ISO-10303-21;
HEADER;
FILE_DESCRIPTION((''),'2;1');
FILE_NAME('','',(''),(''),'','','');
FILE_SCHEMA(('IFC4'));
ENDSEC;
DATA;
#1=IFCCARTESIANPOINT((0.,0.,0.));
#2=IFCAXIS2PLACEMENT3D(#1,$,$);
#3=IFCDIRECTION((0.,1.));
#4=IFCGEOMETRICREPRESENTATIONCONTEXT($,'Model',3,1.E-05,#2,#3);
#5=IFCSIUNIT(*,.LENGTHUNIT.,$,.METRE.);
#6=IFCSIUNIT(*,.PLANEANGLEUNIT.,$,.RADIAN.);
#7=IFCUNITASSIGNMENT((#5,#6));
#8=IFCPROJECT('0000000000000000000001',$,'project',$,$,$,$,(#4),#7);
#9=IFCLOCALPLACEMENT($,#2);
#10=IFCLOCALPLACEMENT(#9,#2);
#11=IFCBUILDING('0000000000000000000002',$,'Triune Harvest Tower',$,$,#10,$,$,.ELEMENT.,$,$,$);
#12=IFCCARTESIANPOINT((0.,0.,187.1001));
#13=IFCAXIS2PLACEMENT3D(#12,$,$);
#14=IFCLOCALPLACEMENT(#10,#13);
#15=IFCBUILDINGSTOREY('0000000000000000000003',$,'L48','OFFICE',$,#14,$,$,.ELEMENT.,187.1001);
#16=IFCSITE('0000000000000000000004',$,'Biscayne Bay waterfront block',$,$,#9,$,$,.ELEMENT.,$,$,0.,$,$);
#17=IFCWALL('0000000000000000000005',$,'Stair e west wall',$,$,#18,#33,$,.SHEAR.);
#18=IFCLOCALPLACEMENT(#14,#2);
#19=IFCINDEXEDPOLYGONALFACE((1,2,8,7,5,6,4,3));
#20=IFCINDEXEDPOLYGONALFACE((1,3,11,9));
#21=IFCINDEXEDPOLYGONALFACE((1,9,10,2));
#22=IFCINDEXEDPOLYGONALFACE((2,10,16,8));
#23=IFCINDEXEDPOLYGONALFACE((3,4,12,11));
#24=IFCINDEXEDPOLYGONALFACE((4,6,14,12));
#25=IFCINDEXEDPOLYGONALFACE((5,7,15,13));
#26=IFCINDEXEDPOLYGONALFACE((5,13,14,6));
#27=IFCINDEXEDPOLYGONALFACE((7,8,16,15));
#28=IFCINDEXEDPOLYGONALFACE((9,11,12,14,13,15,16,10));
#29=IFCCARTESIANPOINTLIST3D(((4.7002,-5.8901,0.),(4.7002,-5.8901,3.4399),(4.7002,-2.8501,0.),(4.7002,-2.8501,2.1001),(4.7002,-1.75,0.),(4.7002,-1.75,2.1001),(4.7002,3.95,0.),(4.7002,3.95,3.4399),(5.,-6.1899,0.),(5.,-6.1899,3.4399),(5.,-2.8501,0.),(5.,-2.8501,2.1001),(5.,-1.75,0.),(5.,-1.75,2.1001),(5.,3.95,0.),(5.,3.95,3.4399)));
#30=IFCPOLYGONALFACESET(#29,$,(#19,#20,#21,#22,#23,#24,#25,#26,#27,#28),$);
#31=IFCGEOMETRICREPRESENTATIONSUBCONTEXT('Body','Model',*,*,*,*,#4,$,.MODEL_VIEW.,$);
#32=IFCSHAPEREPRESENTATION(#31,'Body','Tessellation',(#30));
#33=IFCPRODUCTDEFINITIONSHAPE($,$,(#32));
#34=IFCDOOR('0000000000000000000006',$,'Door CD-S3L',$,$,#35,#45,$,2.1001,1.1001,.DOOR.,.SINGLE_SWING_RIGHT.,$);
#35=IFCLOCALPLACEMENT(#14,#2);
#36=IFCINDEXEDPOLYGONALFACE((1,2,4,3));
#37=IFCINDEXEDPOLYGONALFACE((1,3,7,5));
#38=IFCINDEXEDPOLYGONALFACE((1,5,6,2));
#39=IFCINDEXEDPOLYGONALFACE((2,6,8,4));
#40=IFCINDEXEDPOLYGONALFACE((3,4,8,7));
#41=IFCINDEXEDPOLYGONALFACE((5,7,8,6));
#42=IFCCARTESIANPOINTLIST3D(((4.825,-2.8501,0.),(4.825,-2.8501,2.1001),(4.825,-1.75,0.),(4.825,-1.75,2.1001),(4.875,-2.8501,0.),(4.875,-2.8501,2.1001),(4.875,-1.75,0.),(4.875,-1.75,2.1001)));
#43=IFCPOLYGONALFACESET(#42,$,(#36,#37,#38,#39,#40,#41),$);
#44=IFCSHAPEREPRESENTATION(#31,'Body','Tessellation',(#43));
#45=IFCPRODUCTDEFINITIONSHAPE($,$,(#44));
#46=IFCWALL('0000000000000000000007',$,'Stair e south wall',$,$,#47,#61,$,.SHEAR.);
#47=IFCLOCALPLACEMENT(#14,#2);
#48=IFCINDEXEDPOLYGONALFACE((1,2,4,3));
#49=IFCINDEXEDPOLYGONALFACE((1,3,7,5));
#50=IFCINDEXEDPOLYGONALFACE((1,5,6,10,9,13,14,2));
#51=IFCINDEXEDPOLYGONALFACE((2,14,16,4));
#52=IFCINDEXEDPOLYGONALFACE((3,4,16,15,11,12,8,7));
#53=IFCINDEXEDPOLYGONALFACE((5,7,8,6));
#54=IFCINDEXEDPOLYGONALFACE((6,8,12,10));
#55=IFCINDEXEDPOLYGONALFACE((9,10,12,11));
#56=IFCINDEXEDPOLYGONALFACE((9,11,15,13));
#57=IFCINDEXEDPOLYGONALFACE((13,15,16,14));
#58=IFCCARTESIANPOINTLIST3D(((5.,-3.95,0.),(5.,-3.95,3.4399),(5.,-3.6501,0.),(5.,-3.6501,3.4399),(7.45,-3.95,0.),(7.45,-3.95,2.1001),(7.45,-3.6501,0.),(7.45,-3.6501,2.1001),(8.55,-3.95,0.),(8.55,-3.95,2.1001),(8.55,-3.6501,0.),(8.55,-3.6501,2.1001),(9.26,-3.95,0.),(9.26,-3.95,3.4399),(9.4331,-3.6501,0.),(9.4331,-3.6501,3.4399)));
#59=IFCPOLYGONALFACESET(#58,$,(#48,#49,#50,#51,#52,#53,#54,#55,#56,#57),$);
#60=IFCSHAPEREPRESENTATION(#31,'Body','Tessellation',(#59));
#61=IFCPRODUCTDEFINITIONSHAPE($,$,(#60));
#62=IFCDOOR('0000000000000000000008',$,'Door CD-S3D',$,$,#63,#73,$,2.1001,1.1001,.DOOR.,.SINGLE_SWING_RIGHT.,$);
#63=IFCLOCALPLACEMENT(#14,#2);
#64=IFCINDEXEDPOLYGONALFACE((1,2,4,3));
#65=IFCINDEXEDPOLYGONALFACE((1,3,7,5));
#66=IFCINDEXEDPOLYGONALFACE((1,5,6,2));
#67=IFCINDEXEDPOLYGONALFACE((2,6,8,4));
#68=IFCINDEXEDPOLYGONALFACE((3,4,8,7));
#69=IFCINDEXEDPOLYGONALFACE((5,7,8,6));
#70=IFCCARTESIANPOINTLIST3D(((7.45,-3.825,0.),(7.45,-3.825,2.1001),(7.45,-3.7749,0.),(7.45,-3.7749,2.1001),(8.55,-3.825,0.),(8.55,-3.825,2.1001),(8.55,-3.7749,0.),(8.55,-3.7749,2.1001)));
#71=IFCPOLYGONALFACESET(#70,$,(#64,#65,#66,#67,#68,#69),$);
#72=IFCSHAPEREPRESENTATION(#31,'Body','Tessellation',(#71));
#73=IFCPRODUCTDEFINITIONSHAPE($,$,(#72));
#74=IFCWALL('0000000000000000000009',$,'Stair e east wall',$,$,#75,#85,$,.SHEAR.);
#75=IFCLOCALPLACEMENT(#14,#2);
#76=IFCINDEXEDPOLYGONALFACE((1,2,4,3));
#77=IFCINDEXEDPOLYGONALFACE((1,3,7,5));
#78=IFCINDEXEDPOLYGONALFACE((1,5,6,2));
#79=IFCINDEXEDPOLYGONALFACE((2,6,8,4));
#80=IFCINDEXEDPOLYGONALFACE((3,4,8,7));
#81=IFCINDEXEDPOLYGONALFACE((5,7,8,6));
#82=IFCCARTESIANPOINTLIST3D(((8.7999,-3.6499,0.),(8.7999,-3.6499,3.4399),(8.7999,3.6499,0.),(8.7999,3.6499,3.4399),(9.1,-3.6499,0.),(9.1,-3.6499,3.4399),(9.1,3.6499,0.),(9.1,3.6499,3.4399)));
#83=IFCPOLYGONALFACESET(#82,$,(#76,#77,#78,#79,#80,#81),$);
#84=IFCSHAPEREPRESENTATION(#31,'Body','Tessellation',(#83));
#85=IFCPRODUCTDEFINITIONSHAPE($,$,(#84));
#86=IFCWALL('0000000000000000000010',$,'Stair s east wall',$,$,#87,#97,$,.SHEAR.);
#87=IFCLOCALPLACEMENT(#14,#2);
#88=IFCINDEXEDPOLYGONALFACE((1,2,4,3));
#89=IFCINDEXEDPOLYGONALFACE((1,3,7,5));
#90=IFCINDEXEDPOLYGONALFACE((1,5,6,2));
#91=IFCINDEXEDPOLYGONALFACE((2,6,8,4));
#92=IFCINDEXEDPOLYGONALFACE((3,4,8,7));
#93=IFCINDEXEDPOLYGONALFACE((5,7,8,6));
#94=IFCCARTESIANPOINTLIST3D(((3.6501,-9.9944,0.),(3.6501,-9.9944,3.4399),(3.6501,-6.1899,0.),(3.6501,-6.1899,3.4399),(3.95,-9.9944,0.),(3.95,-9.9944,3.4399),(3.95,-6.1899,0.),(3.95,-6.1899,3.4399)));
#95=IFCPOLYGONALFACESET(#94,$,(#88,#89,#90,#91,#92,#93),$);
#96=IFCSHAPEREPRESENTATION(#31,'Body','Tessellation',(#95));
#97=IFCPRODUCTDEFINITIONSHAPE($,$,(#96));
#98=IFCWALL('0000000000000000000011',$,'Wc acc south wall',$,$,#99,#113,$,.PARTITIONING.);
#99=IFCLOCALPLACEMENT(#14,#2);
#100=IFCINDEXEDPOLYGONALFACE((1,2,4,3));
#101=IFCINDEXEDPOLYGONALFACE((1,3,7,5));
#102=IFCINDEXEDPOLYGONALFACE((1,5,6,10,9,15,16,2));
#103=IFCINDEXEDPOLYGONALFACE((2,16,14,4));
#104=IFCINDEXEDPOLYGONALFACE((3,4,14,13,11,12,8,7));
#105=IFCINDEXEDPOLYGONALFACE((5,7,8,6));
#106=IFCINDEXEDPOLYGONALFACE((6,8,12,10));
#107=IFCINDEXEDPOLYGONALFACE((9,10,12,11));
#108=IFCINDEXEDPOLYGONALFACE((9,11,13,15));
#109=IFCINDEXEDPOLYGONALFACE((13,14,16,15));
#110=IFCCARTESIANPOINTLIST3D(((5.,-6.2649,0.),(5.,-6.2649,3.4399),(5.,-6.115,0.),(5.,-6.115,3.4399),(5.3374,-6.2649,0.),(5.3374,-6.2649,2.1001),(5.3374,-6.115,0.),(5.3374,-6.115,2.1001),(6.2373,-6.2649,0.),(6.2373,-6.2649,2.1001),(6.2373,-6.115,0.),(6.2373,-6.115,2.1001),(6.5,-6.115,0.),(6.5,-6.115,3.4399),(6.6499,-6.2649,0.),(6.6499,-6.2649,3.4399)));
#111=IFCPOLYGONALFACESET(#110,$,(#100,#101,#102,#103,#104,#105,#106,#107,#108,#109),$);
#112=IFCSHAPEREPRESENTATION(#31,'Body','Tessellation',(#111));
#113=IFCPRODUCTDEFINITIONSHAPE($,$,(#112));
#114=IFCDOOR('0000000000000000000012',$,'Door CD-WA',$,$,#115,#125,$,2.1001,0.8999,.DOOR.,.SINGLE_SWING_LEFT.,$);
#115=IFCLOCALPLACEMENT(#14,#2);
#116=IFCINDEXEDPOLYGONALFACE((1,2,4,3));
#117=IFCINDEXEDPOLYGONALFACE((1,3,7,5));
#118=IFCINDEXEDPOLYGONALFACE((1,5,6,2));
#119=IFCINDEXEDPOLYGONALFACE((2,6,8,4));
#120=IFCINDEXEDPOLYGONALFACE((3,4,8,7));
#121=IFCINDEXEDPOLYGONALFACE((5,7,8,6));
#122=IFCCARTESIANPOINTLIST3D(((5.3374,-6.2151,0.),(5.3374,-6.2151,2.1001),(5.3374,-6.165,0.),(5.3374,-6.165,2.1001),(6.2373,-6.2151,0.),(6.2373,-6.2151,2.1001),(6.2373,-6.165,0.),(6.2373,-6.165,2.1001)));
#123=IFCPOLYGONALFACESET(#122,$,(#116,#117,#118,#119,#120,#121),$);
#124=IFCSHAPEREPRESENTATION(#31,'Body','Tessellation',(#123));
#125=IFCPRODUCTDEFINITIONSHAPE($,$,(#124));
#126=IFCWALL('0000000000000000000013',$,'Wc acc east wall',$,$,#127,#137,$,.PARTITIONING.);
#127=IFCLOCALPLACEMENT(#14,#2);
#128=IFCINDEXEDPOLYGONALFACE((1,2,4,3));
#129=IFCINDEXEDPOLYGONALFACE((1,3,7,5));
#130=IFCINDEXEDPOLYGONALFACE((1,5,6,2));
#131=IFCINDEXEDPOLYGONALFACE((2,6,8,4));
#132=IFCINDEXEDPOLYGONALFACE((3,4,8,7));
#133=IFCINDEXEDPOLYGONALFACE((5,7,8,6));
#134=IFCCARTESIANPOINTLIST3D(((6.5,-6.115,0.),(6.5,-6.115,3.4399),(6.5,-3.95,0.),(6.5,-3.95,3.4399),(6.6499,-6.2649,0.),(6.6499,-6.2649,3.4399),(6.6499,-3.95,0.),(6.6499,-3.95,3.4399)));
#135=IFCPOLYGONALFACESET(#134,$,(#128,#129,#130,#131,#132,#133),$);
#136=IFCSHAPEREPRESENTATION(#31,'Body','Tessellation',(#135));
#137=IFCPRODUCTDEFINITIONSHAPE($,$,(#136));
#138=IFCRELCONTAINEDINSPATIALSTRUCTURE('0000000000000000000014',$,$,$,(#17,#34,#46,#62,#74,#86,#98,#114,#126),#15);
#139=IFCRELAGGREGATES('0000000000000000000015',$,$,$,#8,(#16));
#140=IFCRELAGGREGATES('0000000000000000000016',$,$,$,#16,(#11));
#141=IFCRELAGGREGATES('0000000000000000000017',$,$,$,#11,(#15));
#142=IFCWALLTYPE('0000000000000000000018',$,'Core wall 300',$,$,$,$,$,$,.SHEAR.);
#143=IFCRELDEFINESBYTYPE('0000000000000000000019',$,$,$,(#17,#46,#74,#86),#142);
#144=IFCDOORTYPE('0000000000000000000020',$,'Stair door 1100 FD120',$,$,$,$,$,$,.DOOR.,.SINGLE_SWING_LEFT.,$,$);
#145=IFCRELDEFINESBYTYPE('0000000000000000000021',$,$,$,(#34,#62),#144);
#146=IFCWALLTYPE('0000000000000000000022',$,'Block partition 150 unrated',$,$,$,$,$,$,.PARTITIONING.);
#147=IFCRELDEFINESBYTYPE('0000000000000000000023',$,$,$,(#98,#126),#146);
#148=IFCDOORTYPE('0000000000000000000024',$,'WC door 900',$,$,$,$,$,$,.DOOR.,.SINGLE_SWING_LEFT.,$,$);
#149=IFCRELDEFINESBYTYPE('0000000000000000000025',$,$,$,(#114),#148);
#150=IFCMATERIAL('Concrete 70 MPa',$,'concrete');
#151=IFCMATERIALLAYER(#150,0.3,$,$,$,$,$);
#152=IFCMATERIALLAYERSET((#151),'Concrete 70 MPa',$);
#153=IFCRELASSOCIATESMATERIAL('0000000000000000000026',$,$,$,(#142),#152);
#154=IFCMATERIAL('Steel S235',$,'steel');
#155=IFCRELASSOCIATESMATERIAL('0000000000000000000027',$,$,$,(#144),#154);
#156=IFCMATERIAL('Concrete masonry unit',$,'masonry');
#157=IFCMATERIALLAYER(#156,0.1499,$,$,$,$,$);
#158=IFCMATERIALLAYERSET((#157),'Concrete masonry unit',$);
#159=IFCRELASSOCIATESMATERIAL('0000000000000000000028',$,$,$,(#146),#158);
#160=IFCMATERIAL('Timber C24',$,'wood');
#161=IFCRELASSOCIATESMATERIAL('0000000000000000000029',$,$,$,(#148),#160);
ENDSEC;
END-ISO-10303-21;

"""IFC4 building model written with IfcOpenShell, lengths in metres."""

from ifc_helpers import new_model, si_unit, direction, frame, frame_2d, origin, place, context, subcontext, project, spatial, polyline, rectangle, outline, extrude, source, transform, mapped, material, layer, layer_set, type_object, element, fill, save


model = new_model("IFC4")

# Units and contexts
model_context = context("Model", 3, precision=1e-05, world=origin(), true_north=direction((0.0, 1.0)))
body_context = subcontext(model_context, "Body", "Model", "MODEL_VIEW")
ifc_project = project(units=[si_unit("LENGTHUNIT", "METRE"), si_unit("PLANEANGLEUNIT", "RADIAN")], contexts=[model_context])

# Site, building, storey
site_placement = place(None, origin())
site = spatial("IfcSite", under=ifc_project, at=site_placement, Name="Biscayne Bay waterfront block", CompositionType="ELEMENT", RefElevation=0.0)
building_placement = place(site_placement, origin())
building = spatial("IfcBuilding", under=site, at=building_placement, Name="Triune Harvest Tower", CompositionType="ELEMENT")
storey_placement = place(building_placement, frame((0.0, 0.0, 187.1001)))
storey = spatial("IfcBuildingStorey", under=building, at=storey_placement, Name="L48", Description="OFFICE", CompositionType="ELEMENT", Elevation=187.1001)

# Shared definitions
ifc_material_1 = material(Name="Concrete 70 MPa", Category="concrete")
ifc_layer_1 = layer(ifc_material_1, 0.3)
ifc_layer_set_1 = layer_set([ifc_layer_1], Name="Concrete 70 MPa")
wall_type_1 = type_object("IfcWallType", Name="Core wall 300", PredefinedType="SHEAR", material=ifc_layer_set_1)

# Walls, openings, doors
shared_shape_1 = source(origin(), body_context, "Body", "SweptSolid", [
    extrude(outline(polyline([(-0.1499, -0.1499), (9.99, -0.1499), (9.99, 0.1499), (0.1499, 0.1499), (-0.1499, -0.1499)])), origin(), (0.0, 0.0, 1.0), 3.4399),
])
wall_1_placement = place(storey_placement, frame((4.8501, -6.04, 0.0), z_axis=(0.0, 0.0, 1.0), x_axis=(0.0, 1.0, 0.0)))
wall_1 = element("IfcWall", 1, at=wall_1_placement, inside=storey, type_object=wall_type_1, Name="Stair e west wall", PredefinedType="SHEAR", context=body_context, shape_type="MappedRepresentation", body=[
    mapped(shared_shape_1, transform((0.0, 0.0, 0.0), scale=1.0)),
])
opening_1_placement = place(wall_1_placement, frame((3.1899, 0.0, 0.0)))
opening_1 = element("IfcOpeningElement", 2, at=opening_1_placement, cuts=wall_1, PredefinedType="OPENING", context=body_context, shape_type="SweptSolid", body=[
    extrude(rectangle(XDim=1.1001, YDim=2.1001, at=frame_2d((0.55, 1.05))), frame((0.0, 0.1602, 0.0), z_axis=(0.0, -1.0, 0.0), x_axis=(1.0, 0.0, 0.0)), (0.0, 0.0, 1.0), 0.3201),
])
ifc_material_2 = material(Name="Steel S235", Category="steel")
door_type_1 = type_object("IfcDoorType", Name="Stair door 1100 FD120", OperationType="SINGLE_SWING_LEFT", PredefinedType="DOOR", material=ifc_material_2)
door_1_placement = place(opening_1_placement, frame((1.1001, 0.0, 0.0), z_axis=(0.0, 0.0, 1.0), x_axis=(-1.0, 0.0, 0.0)))
door_1 = element("IfcDoor", 3, at=door_1_placement, inside=storey, type_object=door_type_1, Name="Door CD-S3L", OperationType="SINGLE_SWING_RIGHT", OverallHeight=2.1001, OverallWidth=1.1001, PredefinedType="DOOR", context=body_context, shape_type="SweptSolid", body=[
    extrude(rectangle(XDim=1.1001, YDim=2.1001, at=frame_2d((0.55, 1.05))), frame((0.0, 0.0249, 0.0), z_axis=(0.0, -1.0, 0.0), x_axis=(1.0, 0.0, 0.0)), (0.0, 0.0, 1.0), 0.05),
])
fill(opening_1, door_1)
shared_shape_2 = source(origin(), body_context, "Body", "SweptSolid", [
    extrude(outline(polyline([(0.0, -0.1499), (0.0, 0.1499), (4.4331, 0.1499), (4.26, -0.1499), (0.0, -0.1499)])), origin(), (0.0, 0.0, 1.0), 3.4399),
])
wall_2_placement = place(storey_placement, frame((5.0, -3.8, 0.0), z_axis=(0.0, 0.0, 1.0), x_axis=(1.0, 0.0, 0.0)))
wall_2 = element("IfcWall", 4, at=wall_2_placement, inside=storey, type_object=wall_type_1, Name="Stair e south wall", PredefinedType="SHEAR", context=body_context, shape_type="MappedRepresentation", body=[
    mapped(shared_shape_2, transform((0.0, 0.0, 0.0), scale=1.0)),
])
opening_2_placement = place(wall_2_placement, frame((2.45, 0.0, 0.0)))
opening_2 = element("IfcOpeningElement", 5, at=opening_2_placement, cuts=wall_2, PredefinedType="OPENING", context=body_context, shape_type="SweptSolid", body=[
    extrude(rectangle(XDim=1.1001, YDim=2.1001, at=frame_2d((0.55, 1.05))), frame((0.0, 0.1602, 0.0), z_axis=(0.0, -1.0, 0.0), x_axis=(1.0, 0.0, 0.0)), (0.0, 0.0, 1.0), 0.3201),
])
door_2_placement = place(opening_2_placement, frame((1.1001, 0.0, 0.0), z_axis=(0.0, 0.0, 1.0), x_axis=(-1.0, 0.0, 0.0)))
door_2 = element("IfcDoor", 6, at=door_2_placement, inside=storey, type_object=door_type_1, Name="Door CD-S3D", OperationType="SINGLE_SWING_RIGHT", OverallHeight=2.1001, OverallWidth=1.1001, PredefinedType="DOOR", context=body_context, shape_type="SweptSolid", body=[
    extrude(rectangle(XDim=1.1001, YDim=2.1001, at=frame_2d((0.55, 1.05))), frame((0.0, 0.0249, 0.0), z_axis=(0.0, -1.0, 0.0), x_axis=(1.0, 0.0, 0.0)), (0.0, 0.0, 1.0), 0.05),
])
fill(opening_2, door_2)

# Walls
shared_shape_3 = source(origin(), body_context, "Body", "SweptSolid", [
    extrude(rectangle(XDim=7.2998, YDim=0.3, at=frame_2d((3.6499, 0.0))), origin(), (0.0, 0.0, 1.0), 3.4399),
])
wall_3_placement = place(storey_placement, frame((8.95, -3.6499, 0.0), z_axis=(0.0, 0.0, 1.0), x_axis=(0.0, 1.0, 0.0)))
element("IfcWall", 7, at=wall_3_placement, inside=storey, type_object=wall_type_1, Name="Stair e east wall", PredefinedType="SHEAR", context=body_context, shape_type="MappedRepresentation", body=[
    mapped(shared_shape_3, transform((0.0, 0.0, 0.0), scale=1.0)),
])
shared_shape_4 = source(origin(), body_context, "Body", "SweptSolid", [
    extrude(outline(polyline([(3.8, -0.1499), (-0.0044, -0.1499), (-0.0044, 0.1499), (3.8, 0.1499), (3.8, -0.1499)])), origin(), (0.0, 0.0, 1.0), 3.4399),
])
wall_4_placement = place(storey_placement, frame((3.8, -9.99, 0.0), z_axis=(0.0, 0.0, 1.0), x_axis=(0.0, 1.0, 0.0)))
element("IfcWall", 8, at=wall_4_placement, inside=storey, type_object=wall_type_1, Name="Stair s east wall", PredefinedType="SHEAR", context=body_context, shape_type="MappedRepresentation", body=[
    mapped(shared_shape_4, transform((0.0, 0.0, 0.0), scale=1.0)),
])

# Wall, opening, door
ifc_material_3 = material(Name="Concrete masonry unit", Category="masonry")
ifc_layer_2 = layer(ifc_material_3, 0.1499)
ifc_layer_set_2 = layer_set([ifc_layer_2], Name="Concrete masonry unit")
wall_type_2 = type_object("IfcWallType", Name="Block partition 150 unrated", PredefinedType="PARTITIONING", material=ifc_layer_set_2)
shared_shape_5 = source(origin(), body_context, "Body", "SweptSolid", [
    extrude(outline(polyline([(0.0, -0.075), (1.6499, -0.075), (1.5, 0.075), (0.0, 0.075), (0.0, -0.075)])), origin(), (0.0, 0.0, 1.0), 3.4399),
])
wall_5_placement = place(storey_placement, frame((5.0, -6.1899, 0.0), z_axis=(0.0, 0.0, 1.0), x_axis=(1.0, 0.0, 0.0)))
wall_5 = element("IfcWall", 9, at=wall_5_placement, inside=storey, type_object=wall_type_2, Name="Wc acc south wall", PredefinedType="PARTITIONING", context=body_context, shape_type="MappedRepresentation", body=[
    mapped(shared_shape_5, transform((0.0, 0.0, 0.0), scale=1.0)),
])
opening_3_placement = place(wall_5_placement, frame((0.3374, 0.0, 0.0)))
opening_3 = element("IfcOpeningElement", 10, at=opening_3_placement, cuts=wall_5, PredefinedType="OPENING", context=body_context, shape_type="SweptSolid", body=[
    extrude(rectangle(XDim=0.8999, YDim=2.1001, at=frame_2d((0.45, 1.05))), frame((0.0, 0.085, 0.0), z_axis=(0.0, -1.0, 0.0), x_axis=(1.0, 0.0, 0.0)), (0.0, 0.0, 1.0), 0.1699),
])
ifc_material_4 = material(Name="Timber C24", Category="wood")
door_type_2 = type_object("IfcDoorType", Name="WC door 900", OperationType="SINGLE_SWING_LEFT", PredefinedType="DOOR", material=ifc_material_4)
door_3_placement = place(opening_3_placement, origin())
door_3 = element("IfcDoor", 11, at=door_3_placement, inside=storey, type_object=door_type_2, Name="Door CD-WA", OperationType="SINGLE_SWING_LEFT", OverallHeight=2.1001, OverallWidth=0.8999, PredefinedType="DOOR", context=body_context, shape_type="SweptSolid", body=[
    extrude(rectangle(XDim=0.8999, YDim=2.1001, at=frame_2d((0.45, 1.05))), frame((0.0, 0.0249, 0.0), z_axis=(0.0, -1.0, 0.0), x_axis=(1.0, 0.0, 0.0)), (0.0, 0.0, 1.0), 0.05),
])
fill(opening_3, door_3)

# Wall
shared_shape_6 = source(origin(), body_context, "Body", "SweptSolid", [
    extrude(outline(polyline([(-0.075, -0.075), (2.24, -0.075), (2.24, 0.075), (0.075, 0.075), (-0.075, -0.075)])), origin(), (0.0, 0.0, 1.0), 3.4399),
])
wall_6_placement = place(storey_placement, frame((6.575, -6.1899, 0.0), z_axis=(0.0, 0.0, 1.0), x_axis=(0.0, 1.0, 0.0)))
element("IfcWall", 12, at=wall_6_placement, inside=storey, type_object=wall_type_2, Name="Wc acc east wall", PredefinedType="PARTITIONING", context=body_context, shape_type="MappedRepresentation", body=[
    mapped(shared_shape_6, transform((0.0, 0.0, 0.0), scale=1.0)),
])

save(model, "model.ifc")
